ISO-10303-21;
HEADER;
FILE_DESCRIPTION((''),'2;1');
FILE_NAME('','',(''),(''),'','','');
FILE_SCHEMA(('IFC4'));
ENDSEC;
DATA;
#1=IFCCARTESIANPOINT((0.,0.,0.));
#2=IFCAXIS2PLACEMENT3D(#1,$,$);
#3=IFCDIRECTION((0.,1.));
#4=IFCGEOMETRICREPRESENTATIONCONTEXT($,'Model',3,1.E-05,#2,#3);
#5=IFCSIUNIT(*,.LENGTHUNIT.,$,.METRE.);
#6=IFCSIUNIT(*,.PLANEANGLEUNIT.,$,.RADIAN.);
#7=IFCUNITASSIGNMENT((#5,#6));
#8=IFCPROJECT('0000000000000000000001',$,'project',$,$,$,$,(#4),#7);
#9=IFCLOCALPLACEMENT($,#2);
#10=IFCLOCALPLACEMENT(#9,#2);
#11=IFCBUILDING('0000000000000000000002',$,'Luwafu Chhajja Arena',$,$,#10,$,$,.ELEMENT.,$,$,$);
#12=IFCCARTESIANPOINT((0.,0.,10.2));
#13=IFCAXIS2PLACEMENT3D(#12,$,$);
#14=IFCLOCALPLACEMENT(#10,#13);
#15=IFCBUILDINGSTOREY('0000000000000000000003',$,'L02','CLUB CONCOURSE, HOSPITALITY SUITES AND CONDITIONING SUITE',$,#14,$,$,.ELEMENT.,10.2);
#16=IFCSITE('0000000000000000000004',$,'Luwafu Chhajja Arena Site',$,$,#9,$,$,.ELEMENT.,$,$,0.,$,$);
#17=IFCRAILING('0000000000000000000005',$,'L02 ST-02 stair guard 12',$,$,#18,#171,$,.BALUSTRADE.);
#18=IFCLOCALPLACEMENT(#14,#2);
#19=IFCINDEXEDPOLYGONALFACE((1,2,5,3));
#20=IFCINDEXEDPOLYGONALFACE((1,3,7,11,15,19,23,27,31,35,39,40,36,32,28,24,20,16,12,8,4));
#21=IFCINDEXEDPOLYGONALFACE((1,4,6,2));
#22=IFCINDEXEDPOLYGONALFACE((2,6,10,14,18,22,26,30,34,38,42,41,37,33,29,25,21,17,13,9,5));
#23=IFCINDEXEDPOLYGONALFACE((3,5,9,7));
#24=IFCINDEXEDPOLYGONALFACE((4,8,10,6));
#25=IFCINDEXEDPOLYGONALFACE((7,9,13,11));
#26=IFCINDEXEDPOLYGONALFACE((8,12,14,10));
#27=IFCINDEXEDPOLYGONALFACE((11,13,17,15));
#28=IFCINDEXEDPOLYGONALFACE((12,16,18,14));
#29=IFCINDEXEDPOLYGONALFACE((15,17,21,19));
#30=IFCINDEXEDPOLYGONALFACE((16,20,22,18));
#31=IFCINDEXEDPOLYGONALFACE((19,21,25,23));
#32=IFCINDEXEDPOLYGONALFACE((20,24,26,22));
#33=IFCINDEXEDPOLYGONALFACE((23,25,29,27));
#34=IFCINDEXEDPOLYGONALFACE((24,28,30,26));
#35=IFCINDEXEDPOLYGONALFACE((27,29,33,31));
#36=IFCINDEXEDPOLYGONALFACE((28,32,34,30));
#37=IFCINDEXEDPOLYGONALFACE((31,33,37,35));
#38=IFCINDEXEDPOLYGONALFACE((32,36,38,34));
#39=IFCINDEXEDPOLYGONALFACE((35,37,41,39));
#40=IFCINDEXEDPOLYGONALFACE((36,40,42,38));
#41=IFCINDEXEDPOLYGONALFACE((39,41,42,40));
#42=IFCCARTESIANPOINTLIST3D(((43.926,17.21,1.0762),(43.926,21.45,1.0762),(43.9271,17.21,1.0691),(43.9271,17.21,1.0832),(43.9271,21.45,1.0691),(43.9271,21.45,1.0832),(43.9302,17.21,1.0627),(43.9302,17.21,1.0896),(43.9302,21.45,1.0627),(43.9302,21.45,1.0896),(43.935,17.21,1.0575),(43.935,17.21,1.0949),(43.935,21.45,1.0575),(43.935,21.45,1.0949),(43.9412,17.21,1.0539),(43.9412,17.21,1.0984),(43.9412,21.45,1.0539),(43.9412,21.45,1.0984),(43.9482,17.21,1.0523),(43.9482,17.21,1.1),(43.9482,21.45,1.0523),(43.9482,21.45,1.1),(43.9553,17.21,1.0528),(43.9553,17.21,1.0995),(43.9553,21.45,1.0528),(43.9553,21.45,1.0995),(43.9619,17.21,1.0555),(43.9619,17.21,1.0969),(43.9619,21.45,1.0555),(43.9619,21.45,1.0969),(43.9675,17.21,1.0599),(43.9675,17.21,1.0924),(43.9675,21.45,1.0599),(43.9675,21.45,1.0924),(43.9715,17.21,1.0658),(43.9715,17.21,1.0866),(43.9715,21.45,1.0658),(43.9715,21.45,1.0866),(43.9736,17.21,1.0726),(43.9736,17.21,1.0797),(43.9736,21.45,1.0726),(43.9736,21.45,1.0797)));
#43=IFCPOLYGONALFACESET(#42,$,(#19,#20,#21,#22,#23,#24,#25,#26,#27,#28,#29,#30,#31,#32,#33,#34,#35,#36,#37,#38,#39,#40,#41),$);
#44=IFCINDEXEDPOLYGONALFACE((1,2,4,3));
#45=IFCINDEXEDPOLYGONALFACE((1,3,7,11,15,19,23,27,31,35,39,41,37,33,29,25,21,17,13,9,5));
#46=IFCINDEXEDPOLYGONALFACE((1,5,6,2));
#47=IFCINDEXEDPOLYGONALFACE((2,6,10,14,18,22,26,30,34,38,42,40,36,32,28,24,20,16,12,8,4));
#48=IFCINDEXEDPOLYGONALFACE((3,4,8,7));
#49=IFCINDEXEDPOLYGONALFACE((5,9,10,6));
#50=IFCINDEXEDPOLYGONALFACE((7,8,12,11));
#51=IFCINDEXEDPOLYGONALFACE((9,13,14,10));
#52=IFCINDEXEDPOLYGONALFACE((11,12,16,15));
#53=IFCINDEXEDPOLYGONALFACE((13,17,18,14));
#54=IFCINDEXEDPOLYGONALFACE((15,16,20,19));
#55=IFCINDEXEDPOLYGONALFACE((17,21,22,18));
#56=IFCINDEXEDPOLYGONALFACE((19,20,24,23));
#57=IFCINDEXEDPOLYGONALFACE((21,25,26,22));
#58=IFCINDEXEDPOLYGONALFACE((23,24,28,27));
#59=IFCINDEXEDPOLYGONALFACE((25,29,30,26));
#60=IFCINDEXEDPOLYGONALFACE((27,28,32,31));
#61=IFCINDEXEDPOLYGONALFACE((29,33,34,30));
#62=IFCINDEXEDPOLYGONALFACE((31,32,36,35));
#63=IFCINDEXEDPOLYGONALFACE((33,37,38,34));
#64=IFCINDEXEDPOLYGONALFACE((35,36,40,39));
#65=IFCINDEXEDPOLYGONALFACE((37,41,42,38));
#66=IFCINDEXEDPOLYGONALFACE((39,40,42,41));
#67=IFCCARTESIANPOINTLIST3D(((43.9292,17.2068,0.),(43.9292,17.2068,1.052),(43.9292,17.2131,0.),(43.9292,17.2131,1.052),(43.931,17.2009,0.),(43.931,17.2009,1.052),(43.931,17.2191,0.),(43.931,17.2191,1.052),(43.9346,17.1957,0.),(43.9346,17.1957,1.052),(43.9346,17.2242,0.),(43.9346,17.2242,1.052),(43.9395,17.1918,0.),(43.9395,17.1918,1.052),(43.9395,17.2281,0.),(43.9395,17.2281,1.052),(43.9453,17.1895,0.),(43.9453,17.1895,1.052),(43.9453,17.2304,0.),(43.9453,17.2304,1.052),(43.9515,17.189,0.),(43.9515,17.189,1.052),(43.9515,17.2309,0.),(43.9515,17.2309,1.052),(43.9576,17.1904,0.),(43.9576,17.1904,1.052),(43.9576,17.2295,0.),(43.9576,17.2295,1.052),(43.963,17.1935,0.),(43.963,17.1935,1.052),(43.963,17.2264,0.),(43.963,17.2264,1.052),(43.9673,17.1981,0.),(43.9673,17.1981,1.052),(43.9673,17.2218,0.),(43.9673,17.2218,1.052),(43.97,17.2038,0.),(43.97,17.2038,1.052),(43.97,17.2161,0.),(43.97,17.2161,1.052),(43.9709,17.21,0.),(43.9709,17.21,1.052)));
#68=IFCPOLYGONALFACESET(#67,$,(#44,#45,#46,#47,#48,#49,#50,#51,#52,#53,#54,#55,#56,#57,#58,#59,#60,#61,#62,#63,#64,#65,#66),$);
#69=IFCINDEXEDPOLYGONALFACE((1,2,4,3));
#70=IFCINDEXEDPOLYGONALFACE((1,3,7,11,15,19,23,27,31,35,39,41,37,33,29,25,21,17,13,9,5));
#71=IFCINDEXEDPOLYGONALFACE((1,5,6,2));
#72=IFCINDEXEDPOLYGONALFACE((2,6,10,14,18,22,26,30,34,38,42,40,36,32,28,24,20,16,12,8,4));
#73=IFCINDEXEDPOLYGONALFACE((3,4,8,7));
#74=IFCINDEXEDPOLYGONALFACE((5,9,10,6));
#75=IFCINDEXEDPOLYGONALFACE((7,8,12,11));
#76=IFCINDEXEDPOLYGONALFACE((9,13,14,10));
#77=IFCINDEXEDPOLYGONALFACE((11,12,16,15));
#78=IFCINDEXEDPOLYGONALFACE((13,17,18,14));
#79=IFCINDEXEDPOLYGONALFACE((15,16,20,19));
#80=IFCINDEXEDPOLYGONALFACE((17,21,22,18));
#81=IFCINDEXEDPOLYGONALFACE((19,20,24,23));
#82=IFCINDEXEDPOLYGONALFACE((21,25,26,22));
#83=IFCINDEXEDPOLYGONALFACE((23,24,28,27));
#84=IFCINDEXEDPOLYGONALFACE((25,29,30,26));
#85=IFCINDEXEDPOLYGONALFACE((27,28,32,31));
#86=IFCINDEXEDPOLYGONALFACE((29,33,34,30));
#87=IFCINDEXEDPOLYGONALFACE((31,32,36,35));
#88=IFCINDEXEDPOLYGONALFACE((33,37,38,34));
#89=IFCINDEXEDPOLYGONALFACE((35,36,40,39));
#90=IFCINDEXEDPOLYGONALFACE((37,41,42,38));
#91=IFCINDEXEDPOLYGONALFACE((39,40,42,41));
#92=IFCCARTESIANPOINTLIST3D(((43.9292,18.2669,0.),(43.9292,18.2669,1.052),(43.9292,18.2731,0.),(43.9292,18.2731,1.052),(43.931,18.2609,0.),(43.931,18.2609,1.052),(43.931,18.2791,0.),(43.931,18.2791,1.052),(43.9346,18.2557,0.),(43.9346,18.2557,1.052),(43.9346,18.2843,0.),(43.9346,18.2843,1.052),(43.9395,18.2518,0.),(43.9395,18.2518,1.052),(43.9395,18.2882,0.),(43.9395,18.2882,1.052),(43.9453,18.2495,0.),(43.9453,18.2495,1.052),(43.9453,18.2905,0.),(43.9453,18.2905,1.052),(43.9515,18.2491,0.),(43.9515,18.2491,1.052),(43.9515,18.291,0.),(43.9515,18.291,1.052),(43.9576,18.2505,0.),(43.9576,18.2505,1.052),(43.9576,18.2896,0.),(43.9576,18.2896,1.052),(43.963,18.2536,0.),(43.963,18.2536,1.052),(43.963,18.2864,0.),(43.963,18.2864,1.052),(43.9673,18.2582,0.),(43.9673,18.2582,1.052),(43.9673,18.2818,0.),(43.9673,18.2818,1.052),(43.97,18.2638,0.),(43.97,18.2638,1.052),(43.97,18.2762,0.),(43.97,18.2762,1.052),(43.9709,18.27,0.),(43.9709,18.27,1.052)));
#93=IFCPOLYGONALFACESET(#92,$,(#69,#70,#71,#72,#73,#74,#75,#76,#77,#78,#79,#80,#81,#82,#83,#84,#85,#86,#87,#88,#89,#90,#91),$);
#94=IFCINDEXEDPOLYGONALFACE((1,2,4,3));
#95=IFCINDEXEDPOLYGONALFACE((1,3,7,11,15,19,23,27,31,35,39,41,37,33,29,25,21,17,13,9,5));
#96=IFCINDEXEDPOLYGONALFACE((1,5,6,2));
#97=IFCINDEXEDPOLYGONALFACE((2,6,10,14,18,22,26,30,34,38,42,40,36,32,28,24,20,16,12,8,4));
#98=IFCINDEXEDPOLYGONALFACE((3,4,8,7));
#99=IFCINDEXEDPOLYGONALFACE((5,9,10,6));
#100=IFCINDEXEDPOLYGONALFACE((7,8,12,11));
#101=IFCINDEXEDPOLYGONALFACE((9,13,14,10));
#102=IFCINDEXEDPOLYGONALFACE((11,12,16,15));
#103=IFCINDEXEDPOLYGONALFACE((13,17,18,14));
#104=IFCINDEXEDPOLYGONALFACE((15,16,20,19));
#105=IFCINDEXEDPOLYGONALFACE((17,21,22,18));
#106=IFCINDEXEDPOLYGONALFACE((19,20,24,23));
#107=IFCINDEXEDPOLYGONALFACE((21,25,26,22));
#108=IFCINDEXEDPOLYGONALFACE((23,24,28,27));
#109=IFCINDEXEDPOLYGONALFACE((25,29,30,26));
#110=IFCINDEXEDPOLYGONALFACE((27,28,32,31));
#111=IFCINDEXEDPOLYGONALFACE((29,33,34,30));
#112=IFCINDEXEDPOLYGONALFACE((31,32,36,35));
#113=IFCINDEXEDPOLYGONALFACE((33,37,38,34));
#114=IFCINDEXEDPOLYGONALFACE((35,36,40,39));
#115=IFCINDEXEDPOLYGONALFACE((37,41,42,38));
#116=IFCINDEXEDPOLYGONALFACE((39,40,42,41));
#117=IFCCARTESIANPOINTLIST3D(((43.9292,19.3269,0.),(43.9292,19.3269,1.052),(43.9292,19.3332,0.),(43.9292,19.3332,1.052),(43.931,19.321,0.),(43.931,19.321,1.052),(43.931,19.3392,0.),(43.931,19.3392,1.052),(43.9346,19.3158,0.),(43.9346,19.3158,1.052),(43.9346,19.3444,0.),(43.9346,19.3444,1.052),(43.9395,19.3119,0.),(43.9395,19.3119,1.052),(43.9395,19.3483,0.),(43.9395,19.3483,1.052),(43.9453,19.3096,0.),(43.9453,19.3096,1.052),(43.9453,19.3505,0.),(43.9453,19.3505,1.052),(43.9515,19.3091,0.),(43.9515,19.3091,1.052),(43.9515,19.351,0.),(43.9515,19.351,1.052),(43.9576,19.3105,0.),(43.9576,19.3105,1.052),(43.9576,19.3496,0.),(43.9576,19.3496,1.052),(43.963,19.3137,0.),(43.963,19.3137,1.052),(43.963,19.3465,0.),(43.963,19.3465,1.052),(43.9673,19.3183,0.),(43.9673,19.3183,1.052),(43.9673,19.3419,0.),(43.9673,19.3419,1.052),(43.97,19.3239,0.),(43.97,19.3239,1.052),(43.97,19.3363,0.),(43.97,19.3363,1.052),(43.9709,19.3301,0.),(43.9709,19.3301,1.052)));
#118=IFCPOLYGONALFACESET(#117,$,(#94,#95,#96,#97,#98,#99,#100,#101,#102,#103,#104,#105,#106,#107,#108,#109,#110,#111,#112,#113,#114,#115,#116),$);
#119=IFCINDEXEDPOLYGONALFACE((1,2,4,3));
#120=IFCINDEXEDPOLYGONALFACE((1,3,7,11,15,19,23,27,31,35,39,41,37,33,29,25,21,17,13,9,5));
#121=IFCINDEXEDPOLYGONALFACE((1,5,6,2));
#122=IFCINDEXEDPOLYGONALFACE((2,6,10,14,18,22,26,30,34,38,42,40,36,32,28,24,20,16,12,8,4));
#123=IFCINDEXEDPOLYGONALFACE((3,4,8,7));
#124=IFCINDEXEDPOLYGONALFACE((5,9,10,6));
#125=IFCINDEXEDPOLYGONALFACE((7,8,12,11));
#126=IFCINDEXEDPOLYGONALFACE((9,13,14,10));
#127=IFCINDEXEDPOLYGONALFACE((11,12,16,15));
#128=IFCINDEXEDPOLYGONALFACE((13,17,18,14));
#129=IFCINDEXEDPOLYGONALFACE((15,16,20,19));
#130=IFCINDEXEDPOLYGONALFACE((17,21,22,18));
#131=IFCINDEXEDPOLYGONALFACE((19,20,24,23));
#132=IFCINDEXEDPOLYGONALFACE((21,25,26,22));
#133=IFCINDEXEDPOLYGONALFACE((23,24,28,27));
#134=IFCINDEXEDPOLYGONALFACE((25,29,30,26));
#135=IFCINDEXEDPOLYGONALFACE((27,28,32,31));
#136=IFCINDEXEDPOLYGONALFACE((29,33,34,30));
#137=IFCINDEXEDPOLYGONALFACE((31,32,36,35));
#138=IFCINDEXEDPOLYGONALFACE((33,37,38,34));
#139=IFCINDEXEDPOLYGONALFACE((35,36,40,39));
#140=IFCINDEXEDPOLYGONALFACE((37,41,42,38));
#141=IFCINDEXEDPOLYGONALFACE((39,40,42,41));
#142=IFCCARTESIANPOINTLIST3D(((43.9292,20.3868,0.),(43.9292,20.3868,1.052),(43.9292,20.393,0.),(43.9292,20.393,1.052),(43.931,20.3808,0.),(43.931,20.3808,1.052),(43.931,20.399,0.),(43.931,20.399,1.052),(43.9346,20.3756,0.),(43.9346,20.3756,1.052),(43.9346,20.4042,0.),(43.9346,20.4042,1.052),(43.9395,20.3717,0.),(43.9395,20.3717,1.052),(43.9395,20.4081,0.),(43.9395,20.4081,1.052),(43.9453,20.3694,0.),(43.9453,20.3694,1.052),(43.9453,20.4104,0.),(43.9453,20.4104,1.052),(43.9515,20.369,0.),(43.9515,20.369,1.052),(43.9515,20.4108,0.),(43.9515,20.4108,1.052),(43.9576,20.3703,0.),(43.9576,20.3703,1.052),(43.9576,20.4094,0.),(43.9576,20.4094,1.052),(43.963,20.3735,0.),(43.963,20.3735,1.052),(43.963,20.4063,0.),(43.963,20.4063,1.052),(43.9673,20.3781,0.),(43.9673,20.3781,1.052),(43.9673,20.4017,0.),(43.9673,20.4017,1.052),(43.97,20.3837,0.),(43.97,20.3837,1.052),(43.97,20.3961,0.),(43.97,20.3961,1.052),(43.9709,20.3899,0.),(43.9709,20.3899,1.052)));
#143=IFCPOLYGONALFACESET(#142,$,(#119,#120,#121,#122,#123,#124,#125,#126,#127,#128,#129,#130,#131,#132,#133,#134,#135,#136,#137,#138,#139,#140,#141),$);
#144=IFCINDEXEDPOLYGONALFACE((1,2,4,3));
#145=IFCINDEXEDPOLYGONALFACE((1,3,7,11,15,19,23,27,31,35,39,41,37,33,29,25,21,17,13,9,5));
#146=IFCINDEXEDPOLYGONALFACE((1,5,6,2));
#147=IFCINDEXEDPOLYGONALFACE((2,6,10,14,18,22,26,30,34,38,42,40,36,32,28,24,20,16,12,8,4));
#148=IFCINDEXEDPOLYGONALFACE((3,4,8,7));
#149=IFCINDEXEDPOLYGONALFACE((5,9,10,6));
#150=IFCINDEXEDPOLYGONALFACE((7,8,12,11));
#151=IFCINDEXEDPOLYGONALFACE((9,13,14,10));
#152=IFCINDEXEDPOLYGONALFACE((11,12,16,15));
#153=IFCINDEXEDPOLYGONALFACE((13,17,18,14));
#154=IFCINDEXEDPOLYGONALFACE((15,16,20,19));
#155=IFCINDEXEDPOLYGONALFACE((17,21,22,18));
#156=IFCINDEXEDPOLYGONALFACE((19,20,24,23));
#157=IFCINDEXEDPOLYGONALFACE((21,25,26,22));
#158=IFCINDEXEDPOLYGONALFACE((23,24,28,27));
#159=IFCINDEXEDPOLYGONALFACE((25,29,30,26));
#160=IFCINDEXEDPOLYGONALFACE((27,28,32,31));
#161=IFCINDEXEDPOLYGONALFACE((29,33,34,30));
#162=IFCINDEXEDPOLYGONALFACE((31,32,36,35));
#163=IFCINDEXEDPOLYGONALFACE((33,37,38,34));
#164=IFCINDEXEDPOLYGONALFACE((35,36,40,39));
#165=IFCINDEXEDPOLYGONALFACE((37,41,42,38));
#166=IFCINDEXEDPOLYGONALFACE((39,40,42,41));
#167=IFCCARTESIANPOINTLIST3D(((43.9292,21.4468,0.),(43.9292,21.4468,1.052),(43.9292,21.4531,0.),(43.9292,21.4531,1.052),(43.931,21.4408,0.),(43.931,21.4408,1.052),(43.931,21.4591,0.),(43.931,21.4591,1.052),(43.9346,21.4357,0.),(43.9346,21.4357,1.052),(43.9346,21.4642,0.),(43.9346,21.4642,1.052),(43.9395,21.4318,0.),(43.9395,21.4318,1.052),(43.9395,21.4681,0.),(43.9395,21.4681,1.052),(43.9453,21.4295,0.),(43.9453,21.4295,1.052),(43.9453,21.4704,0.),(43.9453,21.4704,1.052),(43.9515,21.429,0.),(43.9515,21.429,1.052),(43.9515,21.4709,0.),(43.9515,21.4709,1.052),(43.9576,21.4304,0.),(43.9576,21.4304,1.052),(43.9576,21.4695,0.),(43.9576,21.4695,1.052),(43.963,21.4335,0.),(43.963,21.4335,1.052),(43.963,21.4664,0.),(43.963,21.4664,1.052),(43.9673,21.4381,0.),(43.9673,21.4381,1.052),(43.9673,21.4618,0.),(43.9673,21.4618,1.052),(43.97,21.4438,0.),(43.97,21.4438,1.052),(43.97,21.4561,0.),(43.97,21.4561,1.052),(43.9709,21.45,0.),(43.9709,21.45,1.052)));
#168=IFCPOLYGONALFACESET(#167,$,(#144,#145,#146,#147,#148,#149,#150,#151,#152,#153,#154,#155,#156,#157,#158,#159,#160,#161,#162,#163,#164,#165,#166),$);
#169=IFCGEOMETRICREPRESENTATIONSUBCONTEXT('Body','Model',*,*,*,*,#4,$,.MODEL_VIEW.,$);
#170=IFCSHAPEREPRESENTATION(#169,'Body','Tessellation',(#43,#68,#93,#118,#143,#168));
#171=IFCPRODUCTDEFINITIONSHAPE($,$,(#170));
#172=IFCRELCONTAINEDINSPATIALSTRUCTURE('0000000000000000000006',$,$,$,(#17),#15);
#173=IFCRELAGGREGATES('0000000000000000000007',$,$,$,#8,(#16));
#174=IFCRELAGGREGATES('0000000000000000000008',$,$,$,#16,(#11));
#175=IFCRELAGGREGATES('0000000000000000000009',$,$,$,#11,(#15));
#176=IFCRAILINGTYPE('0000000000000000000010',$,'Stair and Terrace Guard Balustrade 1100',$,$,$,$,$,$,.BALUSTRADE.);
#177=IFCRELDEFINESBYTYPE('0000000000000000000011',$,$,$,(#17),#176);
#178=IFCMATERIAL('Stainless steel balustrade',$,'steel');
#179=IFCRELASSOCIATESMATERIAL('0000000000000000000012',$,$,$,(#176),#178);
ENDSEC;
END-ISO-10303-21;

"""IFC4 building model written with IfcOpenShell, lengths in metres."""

from ifc_helpers import new_model, si_unit, direction, frame, origin, origin_2d, place, context, subcontext, project, spatial, circle, extrude, material, type_object, element, save


model = new_model("IFC4")

# Units and contexts
model_context = context("Model", 3, precision=1e-05, world=origin(), true_north=direction((0.0, 1.0)))
body_context = subcontext(model_context, "Body", "Model", "MODEL_VIEW")
ifc_project = project(units=[si_unit("LENGTHUNIT", "METRE"), si_unit("PLANEANGLEUNIT", "RADIAN")], contexts=[model_context])

# Site, building, storey
site_placement = place(None, origin())
site = spatial("IfcSite", under=ifc_project, at=site_placement, Name="Luwafu Chhajja Arena Site", CompositionType="ELEMENT", RefElevation=0.0)
building_placement = place(site_placement, origin())
building = spatial("IfcBuilding", under=site, at=building_placement, Name="Luwafu Chhajja Arena", CompositionType="ELEMENT")
storey_placement = place(building_placement, frame((0.0, 0.0, 10.2)))
storey = spatial("IfcBuildingStorey", under=building, at=storey_placement, Name="L02", Description="CLUB CONCOURSE, HOSPITALITY SUITES AND CONDITIONING SUITE", CompositionType="ELEMENT", Elevation=10.2)

# Railing
ifc_material_1 = material(Name="Stainless steel balustrade", Category="steel")
railing_type_1 = type_object("IfcRailingType", Name="Stair and Terrace Guard Balustrade 1100", PredefinedType="BALUSTRADE", material=ifc_material_1)
railing_1_placement = place(storey_placement, frame((43.95, 17.21, 0.0)))
element("IfcRailing", 1, at=railing_1_placement, inside=storey, type_object=railing_type_1, Name="L02 ST-02 stair guard 12", PredefinedType="BALUSTRADE", context=body_context, shape_type="SweptSolid", body=[
    extrude(circle(Radius=0.0239, at=origin_2d()), frame((0.0, 0.0, 1.0762), z_axis=(0.0, 1.0, 0.0), x_axis=(-1.0, 0.0, 0.0)), (0.0, 0.0, 1.0), 4.24),
    extrude(circle(Radius=0.021, at=origin_2d()), origin(), (0.0, 0.0, 1.0), 1.052),
    extrude(circle(Radius=0.021, at=origin_2d()), frame((0.0, 1.0601, 0.0)), (0.0, 0.0, 1.0), 1.052),
    extrude(circle(Radius=0.021, at=origin_2d()), frame((0.0, 2.1201, 0.0)), (0.0, 0.0, 1.0), 1.052),
    extrude(circle(Radius=0.021, at=origin_2d()), frame((0.0, 3.1799, 0.0)), (0.0, 0.0, 1.0), 1.052),
    extrude(circle(Radius=0.021, at=origin_2d()), frame((0.0, 4.24, 0.0)), (0.0, 0.0, 1.0), 1.052),
])

save(model, "model.ifc")
